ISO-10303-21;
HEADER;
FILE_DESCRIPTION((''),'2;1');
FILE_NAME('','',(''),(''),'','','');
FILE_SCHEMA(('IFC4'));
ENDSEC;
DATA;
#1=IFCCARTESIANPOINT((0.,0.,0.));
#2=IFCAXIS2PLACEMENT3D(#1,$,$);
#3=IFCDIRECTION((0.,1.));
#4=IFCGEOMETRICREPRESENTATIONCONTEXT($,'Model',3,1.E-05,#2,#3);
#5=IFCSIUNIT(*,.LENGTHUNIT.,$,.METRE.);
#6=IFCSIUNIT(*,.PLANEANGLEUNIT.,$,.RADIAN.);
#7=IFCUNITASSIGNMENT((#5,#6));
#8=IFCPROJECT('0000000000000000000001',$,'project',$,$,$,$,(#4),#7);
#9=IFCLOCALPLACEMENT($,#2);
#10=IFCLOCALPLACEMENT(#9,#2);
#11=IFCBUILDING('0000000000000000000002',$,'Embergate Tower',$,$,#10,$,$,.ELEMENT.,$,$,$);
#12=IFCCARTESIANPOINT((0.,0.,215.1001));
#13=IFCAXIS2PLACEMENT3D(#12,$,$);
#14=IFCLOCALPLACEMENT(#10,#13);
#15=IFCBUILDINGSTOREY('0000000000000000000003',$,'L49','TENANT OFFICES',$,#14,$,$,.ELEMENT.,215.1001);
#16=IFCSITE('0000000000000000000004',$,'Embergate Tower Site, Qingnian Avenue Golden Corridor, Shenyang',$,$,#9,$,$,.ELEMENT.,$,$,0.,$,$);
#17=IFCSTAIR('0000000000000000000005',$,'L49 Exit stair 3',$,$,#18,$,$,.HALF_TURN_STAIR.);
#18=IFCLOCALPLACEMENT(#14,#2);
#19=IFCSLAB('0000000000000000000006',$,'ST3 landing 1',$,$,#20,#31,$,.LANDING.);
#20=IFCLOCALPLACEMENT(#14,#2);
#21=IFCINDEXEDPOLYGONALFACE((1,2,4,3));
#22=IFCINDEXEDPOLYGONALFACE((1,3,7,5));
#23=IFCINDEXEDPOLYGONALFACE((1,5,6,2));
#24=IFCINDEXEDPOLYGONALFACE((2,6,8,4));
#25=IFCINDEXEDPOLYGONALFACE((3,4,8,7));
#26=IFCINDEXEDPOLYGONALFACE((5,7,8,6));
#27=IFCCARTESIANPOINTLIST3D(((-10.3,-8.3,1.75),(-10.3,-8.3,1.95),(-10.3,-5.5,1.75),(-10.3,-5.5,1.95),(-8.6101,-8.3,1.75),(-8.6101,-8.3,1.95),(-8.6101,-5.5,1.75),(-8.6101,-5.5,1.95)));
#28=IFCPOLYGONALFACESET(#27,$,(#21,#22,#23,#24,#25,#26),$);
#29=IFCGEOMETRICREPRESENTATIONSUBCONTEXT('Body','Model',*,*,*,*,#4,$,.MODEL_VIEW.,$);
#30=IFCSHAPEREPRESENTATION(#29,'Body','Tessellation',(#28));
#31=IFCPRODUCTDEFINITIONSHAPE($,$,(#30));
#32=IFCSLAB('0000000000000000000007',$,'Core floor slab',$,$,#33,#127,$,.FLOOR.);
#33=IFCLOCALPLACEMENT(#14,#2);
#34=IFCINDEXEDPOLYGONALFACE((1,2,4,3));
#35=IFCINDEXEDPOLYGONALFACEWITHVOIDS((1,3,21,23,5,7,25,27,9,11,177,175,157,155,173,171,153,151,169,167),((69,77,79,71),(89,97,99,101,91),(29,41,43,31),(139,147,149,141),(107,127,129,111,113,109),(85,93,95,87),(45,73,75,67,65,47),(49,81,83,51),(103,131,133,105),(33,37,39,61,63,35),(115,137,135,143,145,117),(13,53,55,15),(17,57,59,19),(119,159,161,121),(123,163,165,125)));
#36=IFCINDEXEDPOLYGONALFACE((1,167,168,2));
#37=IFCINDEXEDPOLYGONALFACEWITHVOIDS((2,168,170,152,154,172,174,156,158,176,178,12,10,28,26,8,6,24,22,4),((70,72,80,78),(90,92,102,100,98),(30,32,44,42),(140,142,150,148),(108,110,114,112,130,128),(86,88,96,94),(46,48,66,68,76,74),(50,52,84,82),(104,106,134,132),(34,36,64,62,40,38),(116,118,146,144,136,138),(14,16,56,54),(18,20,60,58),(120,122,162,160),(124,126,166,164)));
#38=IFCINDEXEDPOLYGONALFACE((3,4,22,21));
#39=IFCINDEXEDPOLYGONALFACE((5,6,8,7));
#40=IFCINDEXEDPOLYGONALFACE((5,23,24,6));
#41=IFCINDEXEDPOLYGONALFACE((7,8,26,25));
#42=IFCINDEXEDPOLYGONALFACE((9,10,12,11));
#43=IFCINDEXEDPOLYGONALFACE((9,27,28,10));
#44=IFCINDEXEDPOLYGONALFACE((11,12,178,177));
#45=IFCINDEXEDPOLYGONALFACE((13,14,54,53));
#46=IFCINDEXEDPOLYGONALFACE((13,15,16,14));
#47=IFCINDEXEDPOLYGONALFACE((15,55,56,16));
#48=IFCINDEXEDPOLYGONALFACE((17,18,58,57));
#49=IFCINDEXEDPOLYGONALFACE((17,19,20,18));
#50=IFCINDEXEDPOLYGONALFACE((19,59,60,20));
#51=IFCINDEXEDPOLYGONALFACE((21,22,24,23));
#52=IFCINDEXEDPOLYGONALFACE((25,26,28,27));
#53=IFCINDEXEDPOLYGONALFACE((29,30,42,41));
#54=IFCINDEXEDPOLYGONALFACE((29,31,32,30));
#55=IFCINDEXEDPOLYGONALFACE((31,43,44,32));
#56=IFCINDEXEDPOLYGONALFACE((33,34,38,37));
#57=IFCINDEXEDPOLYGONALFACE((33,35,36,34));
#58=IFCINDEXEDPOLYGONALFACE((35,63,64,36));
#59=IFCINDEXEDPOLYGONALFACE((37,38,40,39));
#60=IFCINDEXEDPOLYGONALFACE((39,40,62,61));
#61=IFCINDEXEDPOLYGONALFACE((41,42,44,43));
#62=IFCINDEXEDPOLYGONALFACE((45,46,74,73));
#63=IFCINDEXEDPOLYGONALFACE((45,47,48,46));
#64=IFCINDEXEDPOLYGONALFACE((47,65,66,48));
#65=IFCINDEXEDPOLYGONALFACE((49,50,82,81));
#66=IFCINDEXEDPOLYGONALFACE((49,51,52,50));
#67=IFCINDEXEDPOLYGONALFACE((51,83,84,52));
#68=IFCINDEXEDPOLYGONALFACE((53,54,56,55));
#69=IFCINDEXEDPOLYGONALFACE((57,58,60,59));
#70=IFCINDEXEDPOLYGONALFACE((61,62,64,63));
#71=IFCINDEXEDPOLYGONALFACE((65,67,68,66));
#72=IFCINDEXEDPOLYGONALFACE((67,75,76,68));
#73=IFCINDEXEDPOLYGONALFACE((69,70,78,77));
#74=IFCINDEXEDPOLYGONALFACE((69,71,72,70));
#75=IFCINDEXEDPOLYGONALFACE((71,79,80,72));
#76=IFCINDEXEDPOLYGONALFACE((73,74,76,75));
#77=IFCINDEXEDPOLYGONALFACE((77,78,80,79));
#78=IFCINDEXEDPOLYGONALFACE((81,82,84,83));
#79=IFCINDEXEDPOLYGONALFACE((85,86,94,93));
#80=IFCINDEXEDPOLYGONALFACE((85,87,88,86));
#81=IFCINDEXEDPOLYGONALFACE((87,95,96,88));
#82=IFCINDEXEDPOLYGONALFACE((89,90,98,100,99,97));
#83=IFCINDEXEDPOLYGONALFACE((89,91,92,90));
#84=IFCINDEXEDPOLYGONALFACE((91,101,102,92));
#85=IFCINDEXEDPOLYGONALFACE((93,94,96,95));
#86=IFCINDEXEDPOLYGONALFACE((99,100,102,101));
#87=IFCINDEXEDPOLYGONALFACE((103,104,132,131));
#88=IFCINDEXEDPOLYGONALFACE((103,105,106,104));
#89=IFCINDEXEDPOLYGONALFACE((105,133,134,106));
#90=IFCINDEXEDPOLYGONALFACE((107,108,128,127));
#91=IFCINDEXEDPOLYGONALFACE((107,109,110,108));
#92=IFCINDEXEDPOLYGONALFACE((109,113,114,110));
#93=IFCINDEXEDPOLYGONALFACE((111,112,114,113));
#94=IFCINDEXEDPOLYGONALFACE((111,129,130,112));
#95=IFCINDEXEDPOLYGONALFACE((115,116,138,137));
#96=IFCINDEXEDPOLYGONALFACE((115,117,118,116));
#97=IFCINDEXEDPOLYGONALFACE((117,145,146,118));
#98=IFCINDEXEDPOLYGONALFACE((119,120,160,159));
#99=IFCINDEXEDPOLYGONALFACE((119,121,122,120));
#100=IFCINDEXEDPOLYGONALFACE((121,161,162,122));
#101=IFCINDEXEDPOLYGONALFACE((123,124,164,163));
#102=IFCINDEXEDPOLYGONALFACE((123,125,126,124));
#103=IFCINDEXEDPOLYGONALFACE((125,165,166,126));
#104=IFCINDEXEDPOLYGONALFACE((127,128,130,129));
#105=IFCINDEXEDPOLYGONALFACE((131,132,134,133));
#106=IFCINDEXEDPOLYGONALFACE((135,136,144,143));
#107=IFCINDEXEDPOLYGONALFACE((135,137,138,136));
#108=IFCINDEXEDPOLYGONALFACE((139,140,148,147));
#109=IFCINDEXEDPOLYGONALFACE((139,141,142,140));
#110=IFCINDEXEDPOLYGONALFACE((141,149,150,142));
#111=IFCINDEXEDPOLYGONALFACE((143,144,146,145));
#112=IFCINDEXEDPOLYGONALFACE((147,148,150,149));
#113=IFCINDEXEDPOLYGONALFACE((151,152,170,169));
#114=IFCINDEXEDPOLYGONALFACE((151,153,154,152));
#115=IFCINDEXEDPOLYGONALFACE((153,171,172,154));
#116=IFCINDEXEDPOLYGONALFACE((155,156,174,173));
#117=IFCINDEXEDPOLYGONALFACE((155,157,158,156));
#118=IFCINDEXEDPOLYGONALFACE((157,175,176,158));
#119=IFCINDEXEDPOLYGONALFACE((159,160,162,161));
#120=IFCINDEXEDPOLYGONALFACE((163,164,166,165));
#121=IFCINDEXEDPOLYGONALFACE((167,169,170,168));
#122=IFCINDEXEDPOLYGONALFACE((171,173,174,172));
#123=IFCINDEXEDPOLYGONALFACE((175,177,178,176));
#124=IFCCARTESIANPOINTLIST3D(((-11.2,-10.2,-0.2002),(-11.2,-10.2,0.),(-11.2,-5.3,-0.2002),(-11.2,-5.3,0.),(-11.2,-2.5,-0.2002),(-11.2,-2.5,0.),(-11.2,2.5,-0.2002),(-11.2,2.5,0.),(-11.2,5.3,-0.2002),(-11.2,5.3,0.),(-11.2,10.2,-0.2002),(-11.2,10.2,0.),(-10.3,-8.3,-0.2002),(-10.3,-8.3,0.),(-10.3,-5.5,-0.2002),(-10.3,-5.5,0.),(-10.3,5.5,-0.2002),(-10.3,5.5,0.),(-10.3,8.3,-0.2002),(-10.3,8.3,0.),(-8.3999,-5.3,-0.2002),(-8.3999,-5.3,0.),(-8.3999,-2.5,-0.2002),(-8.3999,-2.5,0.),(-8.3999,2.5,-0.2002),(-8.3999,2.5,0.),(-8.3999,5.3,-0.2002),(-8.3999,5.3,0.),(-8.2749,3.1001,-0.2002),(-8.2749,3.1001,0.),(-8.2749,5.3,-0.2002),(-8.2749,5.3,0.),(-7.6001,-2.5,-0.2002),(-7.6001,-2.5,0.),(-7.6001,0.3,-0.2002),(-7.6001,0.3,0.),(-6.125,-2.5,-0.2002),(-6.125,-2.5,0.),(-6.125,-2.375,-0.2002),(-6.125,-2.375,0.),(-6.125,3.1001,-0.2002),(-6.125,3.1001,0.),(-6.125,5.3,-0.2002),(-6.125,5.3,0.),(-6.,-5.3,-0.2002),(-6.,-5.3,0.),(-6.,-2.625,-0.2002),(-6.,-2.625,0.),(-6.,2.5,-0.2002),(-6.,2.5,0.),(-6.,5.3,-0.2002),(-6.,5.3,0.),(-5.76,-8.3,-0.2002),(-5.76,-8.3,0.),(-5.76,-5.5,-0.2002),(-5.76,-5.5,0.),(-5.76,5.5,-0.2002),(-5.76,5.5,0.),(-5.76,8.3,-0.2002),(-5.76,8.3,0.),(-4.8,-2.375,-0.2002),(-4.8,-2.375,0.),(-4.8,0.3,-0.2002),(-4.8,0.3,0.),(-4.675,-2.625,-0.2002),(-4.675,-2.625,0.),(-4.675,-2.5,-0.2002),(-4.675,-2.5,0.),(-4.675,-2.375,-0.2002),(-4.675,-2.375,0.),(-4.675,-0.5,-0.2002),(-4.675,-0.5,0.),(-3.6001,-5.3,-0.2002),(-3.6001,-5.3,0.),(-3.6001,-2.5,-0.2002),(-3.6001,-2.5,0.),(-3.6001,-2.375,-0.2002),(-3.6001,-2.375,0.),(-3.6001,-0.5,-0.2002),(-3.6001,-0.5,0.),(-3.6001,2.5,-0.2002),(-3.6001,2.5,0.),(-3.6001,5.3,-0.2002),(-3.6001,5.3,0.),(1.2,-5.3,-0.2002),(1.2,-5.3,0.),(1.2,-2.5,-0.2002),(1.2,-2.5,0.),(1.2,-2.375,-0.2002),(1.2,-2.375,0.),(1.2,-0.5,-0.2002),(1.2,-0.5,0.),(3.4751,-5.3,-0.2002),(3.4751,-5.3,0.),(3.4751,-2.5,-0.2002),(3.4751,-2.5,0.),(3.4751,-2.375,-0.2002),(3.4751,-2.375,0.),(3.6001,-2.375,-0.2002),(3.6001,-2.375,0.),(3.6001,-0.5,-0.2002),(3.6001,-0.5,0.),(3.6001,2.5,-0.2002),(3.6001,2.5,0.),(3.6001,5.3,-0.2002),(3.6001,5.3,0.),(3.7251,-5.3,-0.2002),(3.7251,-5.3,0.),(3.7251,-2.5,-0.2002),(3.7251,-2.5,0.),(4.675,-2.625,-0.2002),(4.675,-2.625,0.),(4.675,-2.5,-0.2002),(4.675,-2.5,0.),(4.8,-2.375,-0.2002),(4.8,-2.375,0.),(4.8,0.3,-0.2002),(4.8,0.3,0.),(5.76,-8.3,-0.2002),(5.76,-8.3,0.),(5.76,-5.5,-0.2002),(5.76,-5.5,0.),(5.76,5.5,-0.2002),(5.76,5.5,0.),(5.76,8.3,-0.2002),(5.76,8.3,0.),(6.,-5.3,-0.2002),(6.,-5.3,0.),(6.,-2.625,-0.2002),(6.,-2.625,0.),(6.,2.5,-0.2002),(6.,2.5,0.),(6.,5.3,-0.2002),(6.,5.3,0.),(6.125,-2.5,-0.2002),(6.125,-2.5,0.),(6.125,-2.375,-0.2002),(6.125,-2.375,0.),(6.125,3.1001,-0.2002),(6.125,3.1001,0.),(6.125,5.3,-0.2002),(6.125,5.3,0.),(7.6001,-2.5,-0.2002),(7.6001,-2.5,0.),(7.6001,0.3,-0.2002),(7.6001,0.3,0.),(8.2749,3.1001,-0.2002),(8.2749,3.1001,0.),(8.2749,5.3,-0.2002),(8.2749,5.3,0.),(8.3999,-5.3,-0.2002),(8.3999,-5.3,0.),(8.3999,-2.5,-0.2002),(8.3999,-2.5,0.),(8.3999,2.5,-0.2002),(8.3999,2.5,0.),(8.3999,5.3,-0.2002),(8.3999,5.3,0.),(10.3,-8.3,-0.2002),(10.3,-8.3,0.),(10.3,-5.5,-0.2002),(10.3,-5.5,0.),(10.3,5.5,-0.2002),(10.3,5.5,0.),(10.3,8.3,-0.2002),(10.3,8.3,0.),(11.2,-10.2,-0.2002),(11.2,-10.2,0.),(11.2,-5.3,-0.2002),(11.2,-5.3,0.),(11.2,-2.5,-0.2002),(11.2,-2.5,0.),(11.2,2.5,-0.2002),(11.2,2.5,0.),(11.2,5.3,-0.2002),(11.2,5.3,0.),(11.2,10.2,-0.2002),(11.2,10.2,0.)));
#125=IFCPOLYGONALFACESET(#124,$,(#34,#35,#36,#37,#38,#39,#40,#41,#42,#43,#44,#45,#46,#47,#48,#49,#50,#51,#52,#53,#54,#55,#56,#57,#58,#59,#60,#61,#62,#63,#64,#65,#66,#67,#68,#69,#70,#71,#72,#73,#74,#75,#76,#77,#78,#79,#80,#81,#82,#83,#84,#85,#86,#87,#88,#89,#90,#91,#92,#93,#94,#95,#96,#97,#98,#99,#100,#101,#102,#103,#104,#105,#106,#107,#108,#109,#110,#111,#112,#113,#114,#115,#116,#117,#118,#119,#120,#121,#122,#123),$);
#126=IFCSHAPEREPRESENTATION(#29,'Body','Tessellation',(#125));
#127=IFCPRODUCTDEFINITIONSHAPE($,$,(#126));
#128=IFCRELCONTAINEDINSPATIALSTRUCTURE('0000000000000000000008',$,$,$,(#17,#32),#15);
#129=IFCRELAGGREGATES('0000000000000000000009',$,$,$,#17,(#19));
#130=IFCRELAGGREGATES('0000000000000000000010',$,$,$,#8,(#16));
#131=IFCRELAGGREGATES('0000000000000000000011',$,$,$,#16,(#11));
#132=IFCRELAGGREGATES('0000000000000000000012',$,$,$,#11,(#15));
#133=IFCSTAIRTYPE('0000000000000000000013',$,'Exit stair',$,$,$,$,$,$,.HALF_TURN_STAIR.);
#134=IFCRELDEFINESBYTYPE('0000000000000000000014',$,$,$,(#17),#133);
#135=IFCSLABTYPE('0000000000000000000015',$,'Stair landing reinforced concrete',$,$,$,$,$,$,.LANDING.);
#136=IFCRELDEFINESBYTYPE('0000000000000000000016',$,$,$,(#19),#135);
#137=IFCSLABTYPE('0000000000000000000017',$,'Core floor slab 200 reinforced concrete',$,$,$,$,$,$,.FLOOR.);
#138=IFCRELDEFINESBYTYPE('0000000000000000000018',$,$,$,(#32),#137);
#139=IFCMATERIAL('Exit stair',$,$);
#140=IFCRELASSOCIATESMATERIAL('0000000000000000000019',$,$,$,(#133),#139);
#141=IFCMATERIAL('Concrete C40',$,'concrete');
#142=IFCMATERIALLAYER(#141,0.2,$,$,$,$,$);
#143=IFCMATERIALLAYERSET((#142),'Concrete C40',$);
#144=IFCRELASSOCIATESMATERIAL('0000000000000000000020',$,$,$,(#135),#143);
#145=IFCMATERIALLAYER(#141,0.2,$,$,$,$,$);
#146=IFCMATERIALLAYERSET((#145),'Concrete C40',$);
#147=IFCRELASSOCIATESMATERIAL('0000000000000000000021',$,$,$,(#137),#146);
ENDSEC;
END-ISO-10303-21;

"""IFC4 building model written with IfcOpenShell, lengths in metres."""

from ifc_helpers import new_model, si_unit, direction, frame, origin, place, context, subcontext, project, spatial, polyline, outline, extrude, source, transform, mapped, material, layer, layer_set, type_object, element, aggregate, save


model = new_model("IFC4")

# Units and contexts
model_context = context("Model", 3, precision=1e-05, world=origin(), true_north=direction((0.0, 1.0)))
body_context = subcontext(model_context, "Body", "Model", "MODEL_VIEW")
ifc_project = project(units=[si_unit("LENGTHUNIT", "METRE"), si_unit("PLANEANGLEUNIT", "RADIAN")], contexts=[model_context])

# Site, building, storey
site_placement = place(None, origin())
site = spatial("IfcSite", under=ifc_project, at=site_placement, Name="Embergate Tower Site, Qingnian Avenue Golden Corridor, Shenyang", CompositionType="ELEMENT", RefElevation=0.0)
building_placement = place(site_placement, origin())
building = spatial("IfcBuilding", under=site, at=building_placement, Name="Embergate Tower", CompositionType="ELEMENT")
storey_placement = place(building_placement, frame((0.0, 0.0, 215.1001)))
storey = spatial("IfcBuildingStorey", under=building, at=storey_placement, Name="L49", Description="TENANT OFFICES", CompositionType="ELEMENT", Elevation=215.1001)

# Stair, slab
ifc_material_1 = material(Name="Exit stair")
stair_type = type_object("IfcStairType", Name="Exit stair", PredefinedType="HALF_TURN_STAIR", material=ifc_material_1)
stair_placement = place(storey_placement, origin())
stair = element("IfcStair", 1, at=stair_placement, inside=storey, type_object=stair_type, Name="L49 Exit stair 3", PredefinedType="HALF_TURN_STAIR")
ifc_material_2 = material(Name="Concrete C40", Category="concrete")
ifc_layer_1 = layer(ifc_material_2, 0.2)
ifc_layer_set_1 = layer_set([ifc_layer_1], Name="Concrete C40")
slab_type_1 = type_object("IfcSlabType", Name="Stair landing reinforced concrete", PredefinedType="LANDING", material=ifc_layer_set_1)
shared_shape_1 = source(origin(), body_context, "Body", "SweptSolid", [
    extrude(outline(polyline([(0.0, 0.0), (1.6899, 0.0), (1.6899, 2.8), (0.0, 2.8), (0.0, 0.0)])), origin(), (0.0, 0.0, 1.0), 0.2),
])
slab_1_placement = place(storey_placement, frame((-10.3, -8.3, 1.75)))
slab_1 = element("IfcSlab", 2, at=slab_1_placement, type_object=slab_type_1, Name="ST3 landing 1", PredefinedType="LANDING", context=body_context, shape_type="MappedRepresentation", body=[
    mapped(shared_shape_1, transform((0.0, 0.0, 0.0))),
])

# Slab
ifc_layer_2 = layer(ifc_material_2, 0.2)
ifc_layer_set_2 = layer_set([ifc_layer_2], Name="Concrete C40")
slab_type_2 = type_object("IfcSlabType", Name="Core floor slab 200 reinforced concrete", PredefinedType="FLOOR", material=ifc_layer_set_2)
shared_shape_2 = source(origin(), body_context, "Body", "SweptSolid", [
    extrude(outline(polyline([(0.0, 0.0), (22.3999, 0.0), (22.3999, 4.8999), (19.5999, 4.8999), (19.5999, 7.7), (22.3999, 7.7), (22.3999, 12.7), (19.5999, 12.7), (19.5999, 15.5), (22.3999, 15.5), (22.3999, 20.3999), (0.0, 20.3999), (0.0, 15.5), (2.8, 15.5), (2.8, 12.7), (0.0, 12.7), (0.0, 7.7), (2.8, 7.7), (2.8, 4.8999), (0.0, 4.8999), (0.0, 0.0)]), holes=[polyline([(0.8999, 1.8999), (0.8999, 4.7), (5.4399, 4.7), (5.4399, 1.8999), (0.8999, 1.8999)]), polyline([(16.96, 1.8999), (16.96, 4.7), (21.5, 4.7), (21.5, 1.8999), (16.96, 1.8999)]), polyline([(5.2, 4.8999), (5.2, 7.575), (6.5249, 7.575), (6.5249, 7.7), (7.5999, 7.7), (7.5999, 4.8999), (5.2, 4.8999)]), polyline([(12.3999, 4.8999), (12.3999, 7.7), (14.675, 7.7), (14.675, 4.8999), (12.3999, 4.8999)]), polyline([(14.925, 4.8999), (14.925, 7.7), (15.875, 7.7), (15.875, 7.575), (17.2, 7.575), (17.2, 4.8999), (14.925, 4.8999)]), polyline([(3.5999, 7.7), (3.5999, 10.5), (6.3999, 10.5), (6.3999, 7.825), (5.075, 7.825), (5.075, 7.7), (3.5999, 7.7)]), polyline([(17.325, 7.7), (17.325, 7.825), (16.0, 7.825), (16.0, 10.5), (18.8, 10.5), (18.8, 7.7), (17.325, 7.7)]), polyline([(6.5249, 7.825), (6.5249, 9.7), (7.5999, 9.7), (7.5999, 7.825), (6.5249, 7.825)]), polyline([(12.3999, 7.825), (12.3999, 9.7), (14.8, 9.7), (14.8, 7.825), (14.675, 7.825), (12.3999, 7.825)]), polyline([(5.2, 12.7), (5.2, 15.5), (7.5999, 15.5), (7.5999, 12.7), (5.2, 12.7)]), polyline([(14.8, 12.7), (14.8, 15.5), (17.2, 15.5), (17.2, 12.7), (14.8, 12.7)]), polyline([(2.925, 13.3), (2.925, 15.5), (5.075, 15.5), (5.075, 13.3), (2.925, 13.3)]), polyline([(17.325, 13.3), (17.325, 15.5), (19.4749, 15.5), (19.4749, 13.3), (17.325, 13.3)]), polyline([(0.8999, 15.7), (0.8999, 18.5), (5.4399, 18.5), (5.4399, 15.7), (0.8999, 15.7)]), polyline([(16.96, 15.7), (16.96, 18.5), (21.5, 18.5), (21.5, 15.7), (16.96, 15.7)])]), origin(), (0.0, 0.0, 1.0), 0.2002),
])
slab_2_placement = place(storey_placement, frame((-11.2, -10.2, -0.2002)))
element("IfcSlab", 3, at=slab_2_placement, inside=storey, type_object=slab_type_2, Name="Core floor slab", PredefinedType="FLOOR", context=body_context, shape_type="MappedRepresentation", body=[
    mapped(shared_shape_2, transform((0.0, 0.0, 0.0))),
])

aggregate(stair, [slab_1])

save(model, "model.ifc")
